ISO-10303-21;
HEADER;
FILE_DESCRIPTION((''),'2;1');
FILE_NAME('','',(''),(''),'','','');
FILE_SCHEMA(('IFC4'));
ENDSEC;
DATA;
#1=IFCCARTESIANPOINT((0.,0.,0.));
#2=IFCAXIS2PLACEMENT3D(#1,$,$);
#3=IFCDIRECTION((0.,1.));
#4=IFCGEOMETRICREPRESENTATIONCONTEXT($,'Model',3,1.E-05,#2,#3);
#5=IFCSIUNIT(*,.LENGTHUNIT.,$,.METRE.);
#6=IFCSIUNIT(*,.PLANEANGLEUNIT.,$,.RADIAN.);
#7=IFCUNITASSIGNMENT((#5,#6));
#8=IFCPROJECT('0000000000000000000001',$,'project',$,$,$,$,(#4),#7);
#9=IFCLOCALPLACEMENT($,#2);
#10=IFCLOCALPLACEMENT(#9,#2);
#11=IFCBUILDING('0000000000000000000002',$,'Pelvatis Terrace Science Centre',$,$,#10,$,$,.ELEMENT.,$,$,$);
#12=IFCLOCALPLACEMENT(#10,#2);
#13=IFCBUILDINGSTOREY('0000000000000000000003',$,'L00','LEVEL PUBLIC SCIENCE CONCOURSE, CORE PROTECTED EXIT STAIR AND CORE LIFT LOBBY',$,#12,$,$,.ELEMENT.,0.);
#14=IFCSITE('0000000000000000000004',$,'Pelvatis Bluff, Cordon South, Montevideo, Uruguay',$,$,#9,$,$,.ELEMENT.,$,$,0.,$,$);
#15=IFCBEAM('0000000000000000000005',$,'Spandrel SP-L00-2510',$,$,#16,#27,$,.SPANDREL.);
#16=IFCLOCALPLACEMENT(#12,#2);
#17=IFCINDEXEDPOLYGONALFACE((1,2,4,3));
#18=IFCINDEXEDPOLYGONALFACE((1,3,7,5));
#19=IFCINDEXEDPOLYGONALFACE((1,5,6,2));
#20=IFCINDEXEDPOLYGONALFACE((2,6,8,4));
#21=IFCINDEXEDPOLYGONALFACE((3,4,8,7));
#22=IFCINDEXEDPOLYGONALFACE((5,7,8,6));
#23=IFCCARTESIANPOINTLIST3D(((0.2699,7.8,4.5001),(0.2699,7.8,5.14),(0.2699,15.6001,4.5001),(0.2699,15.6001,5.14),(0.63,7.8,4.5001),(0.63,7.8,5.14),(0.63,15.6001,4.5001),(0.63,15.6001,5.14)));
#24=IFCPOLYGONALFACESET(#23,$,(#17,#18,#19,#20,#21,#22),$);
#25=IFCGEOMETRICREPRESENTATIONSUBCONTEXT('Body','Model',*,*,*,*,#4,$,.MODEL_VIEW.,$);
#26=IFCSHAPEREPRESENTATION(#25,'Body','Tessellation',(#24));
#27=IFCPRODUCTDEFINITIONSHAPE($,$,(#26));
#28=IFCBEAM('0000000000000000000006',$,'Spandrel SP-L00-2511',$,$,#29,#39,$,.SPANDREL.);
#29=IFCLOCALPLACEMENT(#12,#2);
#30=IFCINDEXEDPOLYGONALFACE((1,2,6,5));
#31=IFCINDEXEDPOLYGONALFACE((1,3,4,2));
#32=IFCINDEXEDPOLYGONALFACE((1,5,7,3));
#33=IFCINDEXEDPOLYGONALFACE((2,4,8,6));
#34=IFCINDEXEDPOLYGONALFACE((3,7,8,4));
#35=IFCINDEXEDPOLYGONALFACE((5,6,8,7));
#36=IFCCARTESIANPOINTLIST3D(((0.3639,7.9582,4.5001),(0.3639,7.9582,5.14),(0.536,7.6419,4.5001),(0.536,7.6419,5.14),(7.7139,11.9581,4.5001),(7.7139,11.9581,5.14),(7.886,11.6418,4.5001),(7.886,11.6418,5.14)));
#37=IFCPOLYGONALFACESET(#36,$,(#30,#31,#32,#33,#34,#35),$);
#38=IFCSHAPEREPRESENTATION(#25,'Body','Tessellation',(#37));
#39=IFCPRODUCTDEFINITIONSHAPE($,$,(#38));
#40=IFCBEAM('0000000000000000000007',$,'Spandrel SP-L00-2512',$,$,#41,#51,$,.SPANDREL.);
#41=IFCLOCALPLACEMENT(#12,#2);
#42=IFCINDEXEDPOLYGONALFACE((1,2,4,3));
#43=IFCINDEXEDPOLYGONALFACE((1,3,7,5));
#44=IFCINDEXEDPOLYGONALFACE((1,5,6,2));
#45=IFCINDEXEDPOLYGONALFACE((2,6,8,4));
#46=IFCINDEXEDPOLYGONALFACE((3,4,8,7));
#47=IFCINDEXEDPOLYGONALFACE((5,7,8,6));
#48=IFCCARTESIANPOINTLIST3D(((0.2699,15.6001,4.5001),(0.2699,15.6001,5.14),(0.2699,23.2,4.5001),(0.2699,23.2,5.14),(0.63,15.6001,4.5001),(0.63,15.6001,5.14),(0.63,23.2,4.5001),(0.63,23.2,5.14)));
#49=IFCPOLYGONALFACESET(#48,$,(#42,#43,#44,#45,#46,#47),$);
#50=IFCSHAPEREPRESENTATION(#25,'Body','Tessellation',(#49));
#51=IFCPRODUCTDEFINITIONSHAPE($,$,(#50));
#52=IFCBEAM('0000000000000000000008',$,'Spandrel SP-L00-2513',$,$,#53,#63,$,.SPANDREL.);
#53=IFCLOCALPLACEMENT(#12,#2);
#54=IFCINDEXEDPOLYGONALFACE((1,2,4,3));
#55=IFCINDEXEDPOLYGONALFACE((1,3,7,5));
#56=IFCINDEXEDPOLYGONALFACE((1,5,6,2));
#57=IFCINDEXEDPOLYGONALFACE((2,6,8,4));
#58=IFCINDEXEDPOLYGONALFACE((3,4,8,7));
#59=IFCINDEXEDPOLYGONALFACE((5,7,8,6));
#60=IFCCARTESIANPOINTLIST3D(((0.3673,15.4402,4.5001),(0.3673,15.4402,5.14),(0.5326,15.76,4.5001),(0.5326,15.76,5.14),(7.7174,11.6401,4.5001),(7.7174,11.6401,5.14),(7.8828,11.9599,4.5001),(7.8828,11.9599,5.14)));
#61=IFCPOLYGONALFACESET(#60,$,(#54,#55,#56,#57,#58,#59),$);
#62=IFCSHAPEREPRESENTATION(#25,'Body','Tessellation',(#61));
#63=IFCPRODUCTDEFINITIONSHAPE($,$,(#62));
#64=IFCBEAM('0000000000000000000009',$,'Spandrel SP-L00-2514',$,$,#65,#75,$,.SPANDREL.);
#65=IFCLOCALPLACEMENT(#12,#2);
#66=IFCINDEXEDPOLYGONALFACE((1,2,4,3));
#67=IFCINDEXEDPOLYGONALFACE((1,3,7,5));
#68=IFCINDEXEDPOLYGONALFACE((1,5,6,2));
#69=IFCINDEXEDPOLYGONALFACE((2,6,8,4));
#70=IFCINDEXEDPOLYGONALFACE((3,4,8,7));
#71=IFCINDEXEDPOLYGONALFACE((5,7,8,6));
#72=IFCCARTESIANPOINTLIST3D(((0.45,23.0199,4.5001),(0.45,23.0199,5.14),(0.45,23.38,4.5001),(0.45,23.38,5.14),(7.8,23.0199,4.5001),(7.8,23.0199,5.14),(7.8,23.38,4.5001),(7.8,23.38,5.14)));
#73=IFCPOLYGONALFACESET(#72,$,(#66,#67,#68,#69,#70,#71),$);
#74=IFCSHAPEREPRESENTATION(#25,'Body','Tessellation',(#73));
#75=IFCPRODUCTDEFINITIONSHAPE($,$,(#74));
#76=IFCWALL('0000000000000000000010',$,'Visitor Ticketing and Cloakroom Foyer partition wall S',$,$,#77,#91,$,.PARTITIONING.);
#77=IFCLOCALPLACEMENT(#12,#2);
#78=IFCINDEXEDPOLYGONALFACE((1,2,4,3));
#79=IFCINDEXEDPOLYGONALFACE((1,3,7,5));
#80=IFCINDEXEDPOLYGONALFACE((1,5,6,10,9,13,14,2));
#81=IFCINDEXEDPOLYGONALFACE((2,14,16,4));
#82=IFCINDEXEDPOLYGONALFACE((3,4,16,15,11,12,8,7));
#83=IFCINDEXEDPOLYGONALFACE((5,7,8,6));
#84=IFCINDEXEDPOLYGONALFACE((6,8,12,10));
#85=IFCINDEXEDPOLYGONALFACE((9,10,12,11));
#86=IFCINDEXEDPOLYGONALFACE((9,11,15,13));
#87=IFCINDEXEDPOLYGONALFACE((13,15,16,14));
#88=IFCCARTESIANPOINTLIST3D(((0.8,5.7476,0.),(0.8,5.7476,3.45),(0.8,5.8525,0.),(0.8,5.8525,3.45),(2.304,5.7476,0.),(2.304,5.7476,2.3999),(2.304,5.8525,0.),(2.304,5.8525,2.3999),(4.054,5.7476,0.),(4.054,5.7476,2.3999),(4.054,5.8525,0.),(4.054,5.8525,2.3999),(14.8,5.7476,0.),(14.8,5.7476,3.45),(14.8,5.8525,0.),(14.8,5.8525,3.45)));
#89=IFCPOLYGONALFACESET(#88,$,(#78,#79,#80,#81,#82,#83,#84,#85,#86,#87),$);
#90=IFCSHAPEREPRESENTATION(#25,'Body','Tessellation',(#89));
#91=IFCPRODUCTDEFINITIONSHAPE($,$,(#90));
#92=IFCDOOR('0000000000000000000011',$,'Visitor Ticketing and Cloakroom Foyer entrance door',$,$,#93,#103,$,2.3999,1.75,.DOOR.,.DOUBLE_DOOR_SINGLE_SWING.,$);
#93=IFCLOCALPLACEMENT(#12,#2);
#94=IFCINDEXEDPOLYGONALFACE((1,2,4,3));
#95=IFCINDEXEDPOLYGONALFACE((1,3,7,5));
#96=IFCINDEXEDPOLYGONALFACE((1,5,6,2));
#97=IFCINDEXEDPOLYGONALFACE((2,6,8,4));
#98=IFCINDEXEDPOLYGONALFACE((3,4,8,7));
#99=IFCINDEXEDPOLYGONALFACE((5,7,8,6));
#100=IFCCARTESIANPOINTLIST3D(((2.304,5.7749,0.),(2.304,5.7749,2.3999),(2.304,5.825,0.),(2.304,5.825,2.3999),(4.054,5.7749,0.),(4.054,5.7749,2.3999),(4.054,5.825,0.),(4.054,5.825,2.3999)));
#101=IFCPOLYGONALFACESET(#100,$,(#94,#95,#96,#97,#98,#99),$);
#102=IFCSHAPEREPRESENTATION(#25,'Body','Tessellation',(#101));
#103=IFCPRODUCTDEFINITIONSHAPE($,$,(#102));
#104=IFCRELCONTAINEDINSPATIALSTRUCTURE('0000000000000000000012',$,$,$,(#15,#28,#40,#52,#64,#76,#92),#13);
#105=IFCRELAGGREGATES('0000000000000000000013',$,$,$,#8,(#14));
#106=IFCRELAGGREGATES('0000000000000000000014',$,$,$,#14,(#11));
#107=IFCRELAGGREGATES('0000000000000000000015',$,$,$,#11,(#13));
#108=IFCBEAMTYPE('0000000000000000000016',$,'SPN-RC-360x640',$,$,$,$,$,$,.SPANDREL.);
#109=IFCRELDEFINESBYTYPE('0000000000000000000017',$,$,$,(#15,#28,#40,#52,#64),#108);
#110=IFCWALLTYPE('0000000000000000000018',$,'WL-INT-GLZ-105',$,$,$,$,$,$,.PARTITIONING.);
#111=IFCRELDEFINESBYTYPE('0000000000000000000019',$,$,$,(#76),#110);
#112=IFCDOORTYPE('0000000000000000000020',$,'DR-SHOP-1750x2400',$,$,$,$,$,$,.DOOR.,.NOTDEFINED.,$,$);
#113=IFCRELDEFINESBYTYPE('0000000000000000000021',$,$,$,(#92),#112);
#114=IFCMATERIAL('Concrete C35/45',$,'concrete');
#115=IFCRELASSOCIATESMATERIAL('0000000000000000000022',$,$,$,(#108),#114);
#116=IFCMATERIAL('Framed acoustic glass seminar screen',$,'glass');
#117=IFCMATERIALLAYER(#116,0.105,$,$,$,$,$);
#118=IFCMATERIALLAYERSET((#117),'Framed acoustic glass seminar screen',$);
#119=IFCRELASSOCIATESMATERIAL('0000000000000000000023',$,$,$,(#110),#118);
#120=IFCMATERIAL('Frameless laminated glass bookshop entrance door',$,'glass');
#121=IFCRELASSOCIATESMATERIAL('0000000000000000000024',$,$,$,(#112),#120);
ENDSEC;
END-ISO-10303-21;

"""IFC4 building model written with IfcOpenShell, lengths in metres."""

from ifc_helpers import new_model, si_unit, direction, frame, frame_2d, origin, origin_2d, place, context, subcontext, project, spatial, rectangle, extrude, material, layer, layer_set, material_profile, profile_set, type_object, element, fill, save


model = new_model("IFC4")

# Units and contexts
model_context = context("Model", 3, precision=1e-05, world=origin(), true_north=direction((0.0, 1.0)))
body_context = subcontext(model_context, "Body", "Model", "MODEL_VIEW")
ifc_project = project(units=[si_unit("LENGTHUNIT", "METRE"), si_unit("PLANEANGLEUNIT", "RADIAN")], contexts=[model_context])

# Site, building, storey
site_placement = place(None, origin())
site = spatial("IfcSite", under=ifc_project, at=site_placement, Name="Pelvatis Bluff, Cordon South, Montevideo, Uruguay", CompositionType="ELEMENT", RefElevation=0.0)
building_placement = place(site_placement, origin())
building = spatial("IfcBuilding", under=site, at=building_placement, Name="Pelvatis Terrace Science Centre", CompositionType="ELEMENT")
storey_placement = place(building_placement, origin())
storey = spatial("IfcBuildingStorey", under=building, at=storey_placement, Name="L00", Description="LEVEL PUBLIC SCIENCE CONCOURSE, CORE PROTECTED EXIT STAIR AND CORE LIFT LOBBY", CompositionType="ELEMENT", Elevation=0.0)

# Beams
ifc_material_1 = material(Name="Concrete C35/45", Category="concrete")
ifc_material_profile_1 = material_profile(ifc_material_1, rectangle(XDim=0.3601, YDim=0.6399, at=origin_2d()), Name="RC-SPN 360x640")
ifc_profile_set_1 = profile_set([ifc_material_profile_1], Name="Concrete C35/45")
beam_type = type_object("IfcBeamType", Name="SPN-RC-360x640", PredefinedType="SPANDREL", material=ifc_profile_set_1)
beam_1_placement = place(storey_placement, frame((0.45, 7.8, 4.8201), z_axis=(0.0, 1.0, 0.0), x_axis=(-1.0, 0.0, 0.0)))
element("IfcBeam", 1, at=beam_1_placement, inside=storey, type_object=beam_type, Name="Spandrel SP-L00-2510", PredefinedType="SPANDREL", context=body_context, shape_type="SweptSolid", body=[
    extrude(rectangle(XDim=0.3601, YDim=0.6399, at=origin_2d()), origin(), (0.0, 0.0, 1.0), 7.8),
])
beam_2_placement = place(storey_placement, frame((0.45, 7.8, 4.8201), z_axis=(0.878355, 0.47801, 0.0), x_axis=(-0.47801, 0.878355, 0.0)))
element("IfcBeam", 2, at=beam_2_placement, inside=storey, type_object=beam_type, Name="Spandrel SP-L00-2511", PredefinedType="SPANDREL", context=body_context, shape_type="SweptSolid", body=[
    extrude(rectangle(XDim=0.3601, YDim=0.6399, at=origin_2d()), origin(), (0.0, 0.0, 1.0), 8.3679),
])
beam_3_placement = place(storey_placement, frame((0.45, 15.6001, 4.8201), z_axis=(0.0, 1.0, 0.0), x_axis=(-1.0, 0.0, 0.0)))
element("IfcBeam", 3, at=beam_3_placement, inside=storey, type_object=beam_type, Name="Spandrel SP-L00-2512", PredefinedType="SPANDREL", context=body_context, shape_type="SweptSolid", body=[
    extrude(rectangle(XDim=0.3601, YDim=0.6399, at=origin_2d()), origin(), (0.0, 0.0, 1.0), 7.5999),
])
beam_4_placement = place(storey_placement, frame((0.45, 15.6001, 4.8201), z_axis=(0.888303, -0.459258, 0.0), x_axis=(0.459258, 0.888303, 0.0)))
element("IfcBeam", 4, at=beam_4_placement, inside=storey, type_object=beam_type, Name="Spandrel SP-L00-2513", PredefinedType="SPANDREL", context=body_context, shape_type="SweptSolid", body=[
    extrude(rectangle(XDim=0.3601, YDim=0.6399, at=origin_2d()), origin(), (0.0, 0.0, 1.0), 8.2744),
])
beam_5_placement = place(storey_placement, frame((0.45, 23.2, 4.8201), z_axis=(1.0, 0.0, 0.0), x_axis=(0.0, 1.0, 0.0)))
element("IfcBeam", 5, at=beam_5_placement, inside=storey, type_object=beam_type, Name="Spandrel SP-L00-2514", PredefinedType="SPANDREL", context=body_context, shape_type="SweptSolid", body=[
    extrude(rectangle(XDim=0.3601, YDim=0.6399, at=origin_2d()), origin(), (0.0, 0.0, 1.0), 7.3501),
])

# Wall, opening, door
ifc_material_2 = material(Name="Framed acoustic glass seminar screen", Category="glass")
ifc_layer_1 = layer(ifc_material_2, 0.105)
ifc_layer_set_1 = layer_set([ifc_layer_1], Name="Framed acoustic glass seminar screen")
wall_type = type_object("IfcWallType", Name="WL-INT-GLZ-105", PredefinedType="PARTITIONING", material=ifc_layer_set_1)
wall_placement = place(storey_placement, frame((0.8, 5.8, 0.0), z_axis=(0.0, 0.0, 1.0), x_axis=(1.0, 0.0, 0.0)))
wall = element("IfcWall", 6, at=wall_placement, inside=storey, type_object=wall_type, Name="Visitor Ticketing and Cloakroom Foyer partition wall S", PredefinedType="PARTITIONING", context=body_context, shape_type="SweptSolid", body=[
    extrude(rectangle(XDim=14.0, YDim=0.105, at=frame_2d((7.0, 0.0))), origin(), (0.0, 0.0, 1.0), 3.45),
])
opening_placement = place(wall_placement, frame((1.5039, 0.0, 0.0)))
opening = element("IfcOpeningElement", 7, at=opening_placement, cuts=wall, PredefinedType="OPENING", context=body_context, shape_type="SweptSolid", body=[
    extrude(rectangle(XDim=1.75, YDim=2.3999, at=frame_2d((0.875, 1.2))), frame((0.0, 0.0625, 0.0), z_axis=(0.0, -1.0, 0.0), x_axis=(1.0, 0.0, 0.0)), (0.0, 0.0, 1.0), 0.125),
])
ifc_material_3 = material(Name="Frameless laminated glass bookshop entrance door", Category="glass")
door_type = type_object("IfcDoorType", Name="DR-SHOP-1750x2400", OperationType="NOTDEFINED", PredefinedType="DOOR", material=ifc_material_3)
door_placement = place(opening_placement, origin())
door = element("IfcDoor", 8, at=door_placement, inside=storey, type_object=door_type, Name="Visitor Ticketing and Cloakroom Foyer entrance door", OperationType="DOUBLE_DOOR_SINGLE_SWING", OverallHeight=2.3999, OverallWidth=1.75, PredefinedType="DOOR", context=body_context, shape_type="SweptSolid", body=[
    extrude(rectangle(XDim=1.75, YDim=2.3999, at=frame_2d((0.875, 1.2))), frame((0.0, 0.0249, 0.0), z_axis=(0.0, -1.0, 0.0), x_axis=(1.0, 0.0, 0.0)), (0.0, 0.0, 1.0), 0.05),
])
fill(opening, door)

save(model, "model.ifc")
